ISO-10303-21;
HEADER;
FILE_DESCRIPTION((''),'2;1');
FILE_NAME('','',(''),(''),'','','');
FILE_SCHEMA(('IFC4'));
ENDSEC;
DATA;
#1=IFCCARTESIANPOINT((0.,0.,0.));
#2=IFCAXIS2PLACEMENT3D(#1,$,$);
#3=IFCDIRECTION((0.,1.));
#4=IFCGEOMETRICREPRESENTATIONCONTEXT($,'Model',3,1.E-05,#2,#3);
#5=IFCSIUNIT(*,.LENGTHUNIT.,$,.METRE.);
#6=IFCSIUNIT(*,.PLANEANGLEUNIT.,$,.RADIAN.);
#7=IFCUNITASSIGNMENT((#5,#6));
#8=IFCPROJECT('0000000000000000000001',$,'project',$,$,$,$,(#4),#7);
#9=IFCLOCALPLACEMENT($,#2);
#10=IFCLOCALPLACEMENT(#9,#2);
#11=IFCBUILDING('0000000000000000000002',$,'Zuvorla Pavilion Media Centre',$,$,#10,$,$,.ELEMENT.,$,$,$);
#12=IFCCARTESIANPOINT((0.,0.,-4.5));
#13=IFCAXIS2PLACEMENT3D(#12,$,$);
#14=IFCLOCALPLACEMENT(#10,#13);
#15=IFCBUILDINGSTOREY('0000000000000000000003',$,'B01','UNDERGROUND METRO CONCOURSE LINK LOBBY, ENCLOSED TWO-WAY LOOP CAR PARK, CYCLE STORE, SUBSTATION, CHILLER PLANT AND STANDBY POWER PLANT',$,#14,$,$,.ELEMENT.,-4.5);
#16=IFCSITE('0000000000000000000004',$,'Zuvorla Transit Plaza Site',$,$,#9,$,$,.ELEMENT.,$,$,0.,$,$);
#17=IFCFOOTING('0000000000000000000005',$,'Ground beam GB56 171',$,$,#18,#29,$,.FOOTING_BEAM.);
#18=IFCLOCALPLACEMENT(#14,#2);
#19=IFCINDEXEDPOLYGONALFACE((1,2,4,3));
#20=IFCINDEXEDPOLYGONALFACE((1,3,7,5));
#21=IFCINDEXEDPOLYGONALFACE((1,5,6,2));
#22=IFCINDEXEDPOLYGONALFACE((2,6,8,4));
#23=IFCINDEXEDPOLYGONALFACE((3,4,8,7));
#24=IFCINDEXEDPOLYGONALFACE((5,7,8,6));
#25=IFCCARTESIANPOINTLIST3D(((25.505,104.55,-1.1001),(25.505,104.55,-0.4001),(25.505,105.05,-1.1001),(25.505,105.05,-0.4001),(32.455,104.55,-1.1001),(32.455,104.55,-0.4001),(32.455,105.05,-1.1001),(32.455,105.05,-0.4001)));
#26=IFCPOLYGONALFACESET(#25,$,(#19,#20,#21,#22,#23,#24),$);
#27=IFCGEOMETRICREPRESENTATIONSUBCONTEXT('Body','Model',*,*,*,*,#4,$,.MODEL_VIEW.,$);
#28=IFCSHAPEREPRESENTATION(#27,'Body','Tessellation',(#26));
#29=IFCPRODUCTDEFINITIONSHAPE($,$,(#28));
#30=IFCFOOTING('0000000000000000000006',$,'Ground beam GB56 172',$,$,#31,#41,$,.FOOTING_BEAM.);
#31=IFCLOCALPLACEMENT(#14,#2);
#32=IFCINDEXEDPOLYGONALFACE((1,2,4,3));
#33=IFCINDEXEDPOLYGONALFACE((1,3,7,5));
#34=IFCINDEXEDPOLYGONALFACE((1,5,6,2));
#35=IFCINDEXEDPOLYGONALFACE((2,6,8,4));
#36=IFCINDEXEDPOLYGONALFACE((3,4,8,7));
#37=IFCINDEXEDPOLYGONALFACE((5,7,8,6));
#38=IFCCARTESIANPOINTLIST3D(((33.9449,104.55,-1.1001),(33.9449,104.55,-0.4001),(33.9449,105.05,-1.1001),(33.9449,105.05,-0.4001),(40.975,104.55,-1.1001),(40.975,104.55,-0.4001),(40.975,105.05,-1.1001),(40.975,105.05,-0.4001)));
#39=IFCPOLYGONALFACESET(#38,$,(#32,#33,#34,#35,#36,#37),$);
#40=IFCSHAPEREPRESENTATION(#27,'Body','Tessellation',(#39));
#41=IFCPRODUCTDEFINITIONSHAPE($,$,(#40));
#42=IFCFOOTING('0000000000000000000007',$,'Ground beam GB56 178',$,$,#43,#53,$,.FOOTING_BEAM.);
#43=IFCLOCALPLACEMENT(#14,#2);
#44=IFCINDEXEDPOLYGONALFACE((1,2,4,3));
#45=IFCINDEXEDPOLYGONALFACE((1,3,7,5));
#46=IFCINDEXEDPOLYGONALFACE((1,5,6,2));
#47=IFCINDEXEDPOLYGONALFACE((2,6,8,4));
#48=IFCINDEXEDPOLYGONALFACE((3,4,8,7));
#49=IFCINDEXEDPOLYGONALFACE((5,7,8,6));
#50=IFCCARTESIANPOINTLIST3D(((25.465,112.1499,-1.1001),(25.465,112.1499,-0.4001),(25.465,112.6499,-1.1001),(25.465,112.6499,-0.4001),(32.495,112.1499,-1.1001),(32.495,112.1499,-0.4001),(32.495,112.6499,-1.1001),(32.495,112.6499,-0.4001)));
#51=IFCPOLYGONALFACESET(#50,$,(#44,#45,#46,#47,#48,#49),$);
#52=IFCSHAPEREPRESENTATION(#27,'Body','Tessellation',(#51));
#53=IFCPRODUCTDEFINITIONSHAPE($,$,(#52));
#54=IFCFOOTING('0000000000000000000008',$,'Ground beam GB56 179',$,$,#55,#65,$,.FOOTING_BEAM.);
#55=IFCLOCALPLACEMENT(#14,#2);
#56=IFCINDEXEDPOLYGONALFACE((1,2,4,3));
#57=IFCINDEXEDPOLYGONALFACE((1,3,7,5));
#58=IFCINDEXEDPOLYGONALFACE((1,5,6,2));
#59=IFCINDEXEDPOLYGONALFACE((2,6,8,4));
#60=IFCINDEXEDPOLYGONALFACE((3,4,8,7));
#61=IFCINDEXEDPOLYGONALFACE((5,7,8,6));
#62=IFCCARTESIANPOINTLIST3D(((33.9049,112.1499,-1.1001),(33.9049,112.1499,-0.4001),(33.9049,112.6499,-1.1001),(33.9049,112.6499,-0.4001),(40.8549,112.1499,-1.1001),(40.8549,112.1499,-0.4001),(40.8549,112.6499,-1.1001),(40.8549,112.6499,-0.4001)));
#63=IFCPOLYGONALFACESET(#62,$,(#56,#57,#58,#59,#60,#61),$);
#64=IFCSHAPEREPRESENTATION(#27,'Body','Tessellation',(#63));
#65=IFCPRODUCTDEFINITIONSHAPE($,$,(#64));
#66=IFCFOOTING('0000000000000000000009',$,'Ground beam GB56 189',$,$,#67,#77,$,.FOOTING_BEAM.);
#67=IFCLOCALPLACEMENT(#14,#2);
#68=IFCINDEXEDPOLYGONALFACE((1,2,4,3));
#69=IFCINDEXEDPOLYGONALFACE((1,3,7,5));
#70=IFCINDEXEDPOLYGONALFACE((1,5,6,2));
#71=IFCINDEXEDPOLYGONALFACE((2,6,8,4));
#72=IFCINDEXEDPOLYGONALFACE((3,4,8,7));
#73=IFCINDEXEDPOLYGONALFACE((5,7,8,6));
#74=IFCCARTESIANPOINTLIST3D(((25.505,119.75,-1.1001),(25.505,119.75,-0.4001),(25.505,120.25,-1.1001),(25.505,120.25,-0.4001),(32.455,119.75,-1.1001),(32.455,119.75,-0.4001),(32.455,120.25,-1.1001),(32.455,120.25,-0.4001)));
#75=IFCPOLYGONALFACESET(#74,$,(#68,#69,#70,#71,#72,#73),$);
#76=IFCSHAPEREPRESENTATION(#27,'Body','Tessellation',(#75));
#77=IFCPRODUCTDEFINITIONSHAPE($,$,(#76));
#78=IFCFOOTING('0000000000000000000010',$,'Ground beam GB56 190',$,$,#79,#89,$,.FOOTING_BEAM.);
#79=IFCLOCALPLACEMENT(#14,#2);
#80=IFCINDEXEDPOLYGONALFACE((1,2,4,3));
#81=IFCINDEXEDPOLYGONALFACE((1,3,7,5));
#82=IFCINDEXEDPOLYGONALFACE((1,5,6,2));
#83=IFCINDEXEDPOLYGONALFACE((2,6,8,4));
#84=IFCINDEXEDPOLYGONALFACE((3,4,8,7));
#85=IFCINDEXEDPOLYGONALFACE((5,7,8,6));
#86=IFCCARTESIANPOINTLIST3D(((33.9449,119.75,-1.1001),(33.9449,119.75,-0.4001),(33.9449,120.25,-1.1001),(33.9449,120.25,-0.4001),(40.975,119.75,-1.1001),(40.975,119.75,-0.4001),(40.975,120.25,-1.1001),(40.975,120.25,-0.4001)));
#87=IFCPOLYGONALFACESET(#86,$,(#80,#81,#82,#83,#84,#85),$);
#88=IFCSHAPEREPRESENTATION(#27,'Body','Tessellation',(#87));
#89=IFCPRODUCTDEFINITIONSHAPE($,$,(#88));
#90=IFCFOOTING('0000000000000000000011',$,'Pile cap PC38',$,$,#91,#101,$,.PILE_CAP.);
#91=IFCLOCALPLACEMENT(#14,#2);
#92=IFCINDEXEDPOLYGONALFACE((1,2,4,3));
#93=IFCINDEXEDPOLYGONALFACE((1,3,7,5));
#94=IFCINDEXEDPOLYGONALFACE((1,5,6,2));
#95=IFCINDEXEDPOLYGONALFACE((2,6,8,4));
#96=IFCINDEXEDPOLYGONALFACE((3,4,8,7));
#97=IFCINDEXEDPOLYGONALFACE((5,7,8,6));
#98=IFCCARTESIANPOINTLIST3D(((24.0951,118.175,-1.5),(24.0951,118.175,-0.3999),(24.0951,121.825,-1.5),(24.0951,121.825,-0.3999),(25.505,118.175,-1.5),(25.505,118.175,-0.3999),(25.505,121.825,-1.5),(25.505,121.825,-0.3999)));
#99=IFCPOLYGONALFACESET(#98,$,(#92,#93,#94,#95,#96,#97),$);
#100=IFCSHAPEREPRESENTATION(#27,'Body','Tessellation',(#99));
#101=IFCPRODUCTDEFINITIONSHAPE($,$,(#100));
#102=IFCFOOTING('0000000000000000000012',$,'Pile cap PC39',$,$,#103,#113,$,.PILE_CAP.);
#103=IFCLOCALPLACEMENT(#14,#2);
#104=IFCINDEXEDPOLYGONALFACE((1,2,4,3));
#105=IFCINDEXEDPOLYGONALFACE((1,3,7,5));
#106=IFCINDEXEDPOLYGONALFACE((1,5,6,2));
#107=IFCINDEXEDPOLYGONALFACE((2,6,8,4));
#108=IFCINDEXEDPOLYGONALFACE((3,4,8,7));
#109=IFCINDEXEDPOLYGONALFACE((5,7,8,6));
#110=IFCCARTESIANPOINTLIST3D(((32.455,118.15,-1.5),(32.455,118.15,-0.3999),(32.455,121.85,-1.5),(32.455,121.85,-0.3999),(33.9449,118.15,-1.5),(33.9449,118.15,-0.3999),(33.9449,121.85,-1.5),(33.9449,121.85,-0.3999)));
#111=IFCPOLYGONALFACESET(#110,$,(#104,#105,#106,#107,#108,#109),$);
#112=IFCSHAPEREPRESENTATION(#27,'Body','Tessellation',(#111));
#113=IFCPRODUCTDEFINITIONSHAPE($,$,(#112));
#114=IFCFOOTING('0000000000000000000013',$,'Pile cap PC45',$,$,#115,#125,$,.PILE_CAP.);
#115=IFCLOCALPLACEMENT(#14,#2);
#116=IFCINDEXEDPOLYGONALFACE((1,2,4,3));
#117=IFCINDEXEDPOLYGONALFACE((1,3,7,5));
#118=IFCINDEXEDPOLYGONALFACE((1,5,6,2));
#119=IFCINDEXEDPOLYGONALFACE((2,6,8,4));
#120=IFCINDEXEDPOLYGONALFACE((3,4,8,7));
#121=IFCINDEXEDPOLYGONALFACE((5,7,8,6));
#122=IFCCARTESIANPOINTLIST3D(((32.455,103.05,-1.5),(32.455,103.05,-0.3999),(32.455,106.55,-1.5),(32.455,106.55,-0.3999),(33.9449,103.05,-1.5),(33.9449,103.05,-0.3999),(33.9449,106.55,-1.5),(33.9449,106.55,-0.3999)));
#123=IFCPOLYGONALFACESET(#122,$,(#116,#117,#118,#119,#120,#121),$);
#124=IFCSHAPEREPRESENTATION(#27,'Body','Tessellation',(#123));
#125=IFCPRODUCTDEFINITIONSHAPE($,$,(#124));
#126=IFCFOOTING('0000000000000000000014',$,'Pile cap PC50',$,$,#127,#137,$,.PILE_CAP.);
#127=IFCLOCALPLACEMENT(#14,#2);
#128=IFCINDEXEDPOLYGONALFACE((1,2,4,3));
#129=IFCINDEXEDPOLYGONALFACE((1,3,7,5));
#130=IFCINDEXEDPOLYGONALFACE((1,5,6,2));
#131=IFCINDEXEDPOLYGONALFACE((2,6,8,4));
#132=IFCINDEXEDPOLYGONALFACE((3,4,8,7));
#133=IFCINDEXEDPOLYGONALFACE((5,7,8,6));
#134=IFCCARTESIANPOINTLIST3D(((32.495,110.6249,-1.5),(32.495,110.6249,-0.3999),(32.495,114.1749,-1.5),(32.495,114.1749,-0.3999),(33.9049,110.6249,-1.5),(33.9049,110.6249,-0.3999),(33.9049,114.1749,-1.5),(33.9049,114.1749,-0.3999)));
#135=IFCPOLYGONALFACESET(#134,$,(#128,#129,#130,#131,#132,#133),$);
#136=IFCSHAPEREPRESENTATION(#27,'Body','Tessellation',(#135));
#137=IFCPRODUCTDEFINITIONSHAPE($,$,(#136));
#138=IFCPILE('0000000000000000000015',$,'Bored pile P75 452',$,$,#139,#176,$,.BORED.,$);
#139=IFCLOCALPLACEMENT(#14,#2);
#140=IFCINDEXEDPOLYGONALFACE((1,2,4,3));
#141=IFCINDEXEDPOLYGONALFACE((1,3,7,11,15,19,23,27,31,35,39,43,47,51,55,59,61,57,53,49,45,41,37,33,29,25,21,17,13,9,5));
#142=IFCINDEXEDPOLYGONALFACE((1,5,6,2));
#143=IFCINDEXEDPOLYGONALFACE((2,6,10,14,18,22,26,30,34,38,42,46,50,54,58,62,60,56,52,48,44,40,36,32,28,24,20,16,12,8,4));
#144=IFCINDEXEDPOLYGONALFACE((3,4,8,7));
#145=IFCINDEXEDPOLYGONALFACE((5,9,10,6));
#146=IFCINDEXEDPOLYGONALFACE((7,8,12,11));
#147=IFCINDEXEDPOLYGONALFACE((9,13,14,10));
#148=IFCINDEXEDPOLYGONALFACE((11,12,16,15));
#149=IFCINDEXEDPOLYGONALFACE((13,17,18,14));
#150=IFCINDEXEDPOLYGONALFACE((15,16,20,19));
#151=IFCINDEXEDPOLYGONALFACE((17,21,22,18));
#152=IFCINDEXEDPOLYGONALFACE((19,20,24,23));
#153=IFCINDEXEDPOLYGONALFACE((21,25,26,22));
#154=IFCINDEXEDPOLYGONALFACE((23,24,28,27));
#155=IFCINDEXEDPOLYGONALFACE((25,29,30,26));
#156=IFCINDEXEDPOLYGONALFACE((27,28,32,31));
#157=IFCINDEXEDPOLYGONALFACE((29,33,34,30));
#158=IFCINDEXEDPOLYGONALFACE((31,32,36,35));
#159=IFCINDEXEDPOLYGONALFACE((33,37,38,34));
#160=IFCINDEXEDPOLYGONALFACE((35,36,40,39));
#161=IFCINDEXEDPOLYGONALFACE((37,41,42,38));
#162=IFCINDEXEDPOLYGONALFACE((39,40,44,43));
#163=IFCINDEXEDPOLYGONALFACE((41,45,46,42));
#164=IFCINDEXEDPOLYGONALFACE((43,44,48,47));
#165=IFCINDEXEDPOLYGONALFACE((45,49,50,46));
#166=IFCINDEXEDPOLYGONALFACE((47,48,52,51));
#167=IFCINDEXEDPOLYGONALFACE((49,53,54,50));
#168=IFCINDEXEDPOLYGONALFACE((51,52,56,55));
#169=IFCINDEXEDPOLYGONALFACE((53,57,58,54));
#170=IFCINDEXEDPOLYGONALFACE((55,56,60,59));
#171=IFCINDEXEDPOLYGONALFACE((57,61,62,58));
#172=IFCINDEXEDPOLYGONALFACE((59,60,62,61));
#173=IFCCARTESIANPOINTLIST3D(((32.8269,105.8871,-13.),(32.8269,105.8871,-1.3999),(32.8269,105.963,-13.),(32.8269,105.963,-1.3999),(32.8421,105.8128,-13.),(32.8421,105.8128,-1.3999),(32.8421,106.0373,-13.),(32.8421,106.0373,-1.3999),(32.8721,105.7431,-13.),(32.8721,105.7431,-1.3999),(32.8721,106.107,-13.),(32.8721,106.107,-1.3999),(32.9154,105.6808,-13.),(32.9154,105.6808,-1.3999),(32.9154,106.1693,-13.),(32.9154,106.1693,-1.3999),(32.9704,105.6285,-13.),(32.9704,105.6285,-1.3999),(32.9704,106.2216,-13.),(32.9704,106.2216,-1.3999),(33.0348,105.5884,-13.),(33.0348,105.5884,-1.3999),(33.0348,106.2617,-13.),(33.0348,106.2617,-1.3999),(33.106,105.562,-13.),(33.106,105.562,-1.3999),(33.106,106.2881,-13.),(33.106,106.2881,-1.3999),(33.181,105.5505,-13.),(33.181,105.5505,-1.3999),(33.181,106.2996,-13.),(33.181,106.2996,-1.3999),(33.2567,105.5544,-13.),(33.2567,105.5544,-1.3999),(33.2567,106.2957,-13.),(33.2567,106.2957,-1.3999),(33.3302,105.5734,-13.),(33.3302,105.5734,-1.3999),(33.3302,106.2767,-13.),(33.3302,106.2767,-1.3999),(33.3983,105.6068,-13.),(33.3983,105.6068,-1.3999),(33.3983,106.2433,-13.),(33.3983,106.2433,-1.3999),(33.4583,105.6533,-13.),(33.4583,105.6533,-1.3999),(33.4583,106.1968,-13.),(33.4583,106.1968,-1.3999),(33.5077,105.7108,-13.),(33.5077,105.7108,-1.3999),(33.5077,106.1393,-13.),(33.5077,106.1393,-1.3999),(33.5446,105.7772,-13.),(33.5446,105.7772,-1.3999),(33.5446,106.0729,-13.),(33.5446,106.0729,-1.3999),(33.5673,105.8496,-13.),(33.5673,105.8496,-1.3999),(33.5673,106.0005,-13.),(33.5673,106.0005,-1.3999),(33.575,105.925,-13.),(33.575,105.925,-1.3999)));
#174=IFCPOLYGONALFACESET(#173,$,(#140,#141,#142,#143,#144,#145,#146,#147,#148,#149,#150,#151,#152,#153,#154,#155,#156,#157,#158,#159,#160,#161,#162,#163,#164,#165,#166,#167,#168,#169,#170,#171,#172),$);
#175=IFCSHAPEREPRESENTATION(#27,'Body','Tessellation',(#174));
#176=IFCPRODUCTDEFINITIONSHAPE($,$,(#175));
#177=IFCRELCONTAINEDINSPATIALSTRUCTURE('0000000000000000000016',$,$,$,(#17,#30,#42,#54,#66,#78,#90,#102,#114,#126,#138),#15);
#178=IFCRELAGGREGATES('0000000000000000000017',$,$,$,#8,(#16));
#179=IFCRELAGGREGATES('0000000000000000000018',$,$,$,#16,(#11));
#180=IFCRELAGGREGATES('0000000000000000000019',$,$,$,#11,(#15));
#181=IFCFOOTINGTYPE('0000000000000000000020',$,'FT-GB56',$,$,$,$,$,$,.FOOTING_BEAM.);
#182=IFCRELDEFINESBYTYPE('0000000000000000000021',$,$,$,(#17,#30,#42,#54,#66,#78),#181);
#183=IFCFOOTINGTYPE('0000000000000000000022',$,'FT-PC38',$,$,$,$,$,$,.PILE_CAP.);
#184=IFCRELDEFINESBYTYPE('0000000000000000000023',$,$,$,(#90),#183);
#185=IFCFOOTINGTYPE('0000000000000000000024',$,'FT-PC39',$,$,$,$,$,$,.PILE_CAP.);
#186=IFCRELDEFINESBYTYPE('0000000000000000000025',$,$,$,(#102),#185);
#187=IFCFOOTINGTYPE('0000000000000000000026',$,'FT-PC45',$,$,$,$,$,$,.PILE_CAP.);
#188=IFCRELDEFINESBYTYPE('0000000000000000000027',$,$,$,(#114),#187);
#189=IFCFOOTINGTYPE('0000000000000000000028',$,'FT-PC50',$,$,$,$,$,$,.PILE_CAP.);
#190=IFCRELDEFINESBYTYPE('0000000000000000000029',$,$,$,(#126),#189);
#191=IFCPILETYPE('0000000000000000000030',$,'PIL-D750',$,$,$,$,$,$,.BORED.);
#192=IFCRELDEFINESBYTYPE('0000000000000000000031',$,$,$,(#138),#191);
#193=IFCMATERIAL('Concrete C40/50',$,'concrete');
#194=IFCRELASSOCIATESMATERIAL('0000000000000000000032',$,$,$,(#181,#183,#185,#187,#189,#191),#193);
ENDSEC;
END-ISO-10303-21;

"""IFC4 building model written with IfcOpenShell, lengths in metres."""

from ifc_helpers import new_model, si_unit, direction, frame, origin, origin_2d, place, context, subcontext, project, spatial, rectangle, circle, extrude, material, material_profile, profile_set, type_object, element, save


model = new_model("IFC4")

# Units and contexts
model_context = context("Model", 3, precision=1e-05, world=origin(), true_north=direction((0.0, 1.0)))
body_context = subcontext(model_context, "Body", "Model", "MODEL_VIEW")
ifc_project = project(units=[si_unit("LENGTHUNIT", "METRE"), si_unit("PLANEANGLEUNIT", "RADIAN")], contexts=[model_context])

# Site, building, storey
site_placement = place(None, origin())
site = spatial("IfcSite", under=ifc_project, at=site_placement, Name="Zuvorla Transit Plaza Site", CompositionType="ELEMENT", RefElevation=0.0)
building_placement = place(site_placement, origin())
building = spatial("IfcBuilding", under=site, at=building_placement, Name="Zuvorla Pavilion Media Centre", CompositionType="ELEMENT")
storey_placement = place(building_placement, frame((0.0, 0.0, -4.5)))
storey = spatial("IfcBuildingStorey", under=building, at=storey_placement, Name="B01", Description="UNDERGROUND METRO CONCOURSE LINK LOBBY, ENCLOSED TWO-WAY LOOP CAR PARK, CYCLE STORE, SUBSTATION, CHILLER PLANT AND STANDBY POWER PLANT", CompositionType="ELEMENT", Elevation=-4.5)

# Footings
ifc_material_1 = material(Name="Concrete C40/50", Category="concrete")
footing_type_1 = type_object("IfcFootingType", Name="FT-GB56", PredefinedType="FOOTING_BEAM", material=ifc_material_1)
footing_1_placement = place(storey_placement, frame((28.98, 104.8, -1.1001), z_axis=(0.0, 0.0, 1.0), x_axis=(1.0, 0.0, 0.0)))
element("IfcFooting", 1, at=footing_1_placement, inside=storey, type_object=footing_type_1, Name="Ground beam GB56 171", PredefinedType="FOOTING_BEAM", context=body_context, shape_type="SweptSolid", body=[
    extrude(rectangle(XDim=6.95, YDim=0.5, at=origin_2d()), origin(), (0.0, 0.0, 1.0), 0.7),
])
for number, where, z_axis, x_axis, name in (
    (2, (37.46, 104.8, -1.1001), (0.0, 0.0, 1.0), (1.0, 0.0, 0.0), "Ground beam GB56 172"),
    (3, (28.98, 112.3999, -1.1001), (0.0, 0.0, 1.0), (1.0, 0.0, 0.0), "Ground beam GB56 178"),
):
    element("IfcFooting", number, at=place(storey_placement, frame(where, z_axis=z_axis, x_axis=x_axis)), inside=storey, type_object=footing_type_1, Name=name, PredefinedType="FOOTING_BEAM", context=body_context, shape_type="SweptSolid", body=[
        extrude(rectangle(XDim=7.03, YDim=0.5, at=origin_2d()), origin(), (0.0, 0.0, 1.0), 0.7),
    ])
for number, where, z_axis, x_axis, name in (
    (4, (37.3799, 112.3999, -1.1001), (0.0, 0.0, 1.0), (1.0, 0.0, 0.0), "Ground beam GB56 179"),
    (5, (28.98, 120.0, -1.1001), (0.0, 0.0, 1.0), (1.0, 0.0, 0.0), "Ground beam GB56 189"),
):
    element("IfcFooting", number, at=place(storey_placement, frame(where, z_axis=z_axis, x_axis=x_axis)), inside=storey, type_object=footing_type_1, Name=name, PredefinedType="FOOTING_BEAM", context=body_context, shape_type="SweptSolid", body=[
        extrude(rectangle(XDim=6.95, YDim=0.5, at=origin_2d()), origin(), (0.0, 0.0, 1.0), 0.7),
    ])
footing_2_placement = place(storey_placement, frame((37.46, 120.0, -1.1001), z_axis=(0.0, 0.0, 1.0), x_axis=(1.0, 0.0, 0.0)))
element("IfcFooting", 6, at=footing_2_placement, inside=storey, type_object=footing_type_1, Name="Ground beam GB56 190", PredefinedType="FOOTING_BEAM", context=body_context, shape_type="SweptSolid", body=[
    extrude(rectangle(XDim=7.03, YDim=0.5, at=origin_2d()), origin(), (0.0, 0.0, 1.0), 0.7),
])
footing_type_2 = type_object("IfcFootingType", Name="FT-PC38", PredefinedType="PILE_CAP", material=ifc_material_1)
footing_3_placement = place(storey_placement, frame((24.8, 120.0, -1.5), z_axis=(0.0, 0.0, 1.0), x_axis=(1.0, 0.0, 0.0)))
element("IfcFooting", 7, at=footing_3_placement, inside=storey, type_object=footing_type_2, Name="Pile cap PC38", PredefinedType="PILE_CAP", context=body_context, shape_type="SweptSolid", body=[
    extrude(rectangle(XDim=1.4099, YDim=3.6499, at=origin_2d()), origin(), (0.0, 0.0, 1.0), 1.1001),
])
footing_type_3 = type_object("IfcFootingType", Name="FT-PC39", PredefinedType="PILE_CAP", material=ifc_material_1)
footing_4_placement = place(storey_placement, frame((33.2, 120.0, -1.5), z_axis=(0.0, 0.0, 1.0), x_axis=(1.0, 0.0, 0.0)))
element("IfcFooting", 8, at=footing_4_placement, inside=storey, type_object=footing_type_3, Name="Pile cap PC39", PredefinedType="PILE_CAP", context=body_context, shape_type="SweptSolid", body=[
    extrude(rectangle(XDim=1.49, YDim=3.7, at=origin_2d()), origin(), (0.0, 0.0, 1.0), 1.1001),
])
footing_type_4 = type_object("IfcFootingType", Name="FT-PC45", PredefinedType="PILE_CAP", material=ifc_material_1)
footing_5_placement = place(storey_placement, frame((33.2, 104.8, -1.5), z_axis=(0.0, 0.0, 1.0), x_axis=(1.0, 0.0, 0.0)))
element("IfcFooting", 9, at=footing_5_placement, inside=storey, type_object=footing_type_4, Name="Pile cap PC45", PredefinedType="PILE_CAP", context=body_context, shape_type="SweptSolid", body=[
    extrude(rectangle(XDim=1.49, YDim=3.5, at=origin_2d()), origin(), (0.0, 0.0, 1.0), 1.1001),
])
footing_type_5 = type_object("IfcFootingType", Name="FT-PC50", PredefinedType="PILE_CAP", material=ifc_material_1)
footing_6_placement = place(storey_placement, frame((33.2, 112.3999, -1.5), z_axis=(0.0, 0.0, 1.0), x_axis=(1.0, 0.0, 0.0)))
element("IfcFooting", 10, at=footing_6_placement, inside=storey, type_object=footing_type_5, Name="Pile cap PC50", PredefinedType="PILE_CAP", context=body_context, shape_type="SweptSolid", body=[
    extrude(rectangle(XDim=1.4099, YDim=3.55, at=origin_2d()), origin(), (0.0, 0.0, 1.0), 1.1001),
])

# Pile
ifc_material_profile_1 = material_profile(ifc_material_1, circle(Radius=0.375, at=origin_2d()), Name="BORED PILE 750")
ifc_profile_set_1 = profile_set([ifc_material_profile_1], Name="Concrete C40/50")
pile_type = type_object("IfcPileType", Name="PIL-D750", PredefinedType="BORED", material=ifc_profile_set_1)
for number, where, z_axis, x_axis, name in (
    (11, (33.2, 105.925, -1.3999), (0.0, 0.0, -1.0), (1.0, 0.0, 0.0), "Bored pile P75 452"),
):
    element("IfcPile", number, at=place(storey_placement, frame(where, z_axis=z_axis, x_axis=x_axis)), inside=storey, type_object=pile_type, Name=name, PredefinedType="BORED", context=body_context, shape_type="SweptSolid", body=[
        extrude(circle(Radius=0.375, at=origin_2d()), origin(), (0.0, 0.0, 1.0), 11.6001),
    ])

save(model, "model.ifc")
